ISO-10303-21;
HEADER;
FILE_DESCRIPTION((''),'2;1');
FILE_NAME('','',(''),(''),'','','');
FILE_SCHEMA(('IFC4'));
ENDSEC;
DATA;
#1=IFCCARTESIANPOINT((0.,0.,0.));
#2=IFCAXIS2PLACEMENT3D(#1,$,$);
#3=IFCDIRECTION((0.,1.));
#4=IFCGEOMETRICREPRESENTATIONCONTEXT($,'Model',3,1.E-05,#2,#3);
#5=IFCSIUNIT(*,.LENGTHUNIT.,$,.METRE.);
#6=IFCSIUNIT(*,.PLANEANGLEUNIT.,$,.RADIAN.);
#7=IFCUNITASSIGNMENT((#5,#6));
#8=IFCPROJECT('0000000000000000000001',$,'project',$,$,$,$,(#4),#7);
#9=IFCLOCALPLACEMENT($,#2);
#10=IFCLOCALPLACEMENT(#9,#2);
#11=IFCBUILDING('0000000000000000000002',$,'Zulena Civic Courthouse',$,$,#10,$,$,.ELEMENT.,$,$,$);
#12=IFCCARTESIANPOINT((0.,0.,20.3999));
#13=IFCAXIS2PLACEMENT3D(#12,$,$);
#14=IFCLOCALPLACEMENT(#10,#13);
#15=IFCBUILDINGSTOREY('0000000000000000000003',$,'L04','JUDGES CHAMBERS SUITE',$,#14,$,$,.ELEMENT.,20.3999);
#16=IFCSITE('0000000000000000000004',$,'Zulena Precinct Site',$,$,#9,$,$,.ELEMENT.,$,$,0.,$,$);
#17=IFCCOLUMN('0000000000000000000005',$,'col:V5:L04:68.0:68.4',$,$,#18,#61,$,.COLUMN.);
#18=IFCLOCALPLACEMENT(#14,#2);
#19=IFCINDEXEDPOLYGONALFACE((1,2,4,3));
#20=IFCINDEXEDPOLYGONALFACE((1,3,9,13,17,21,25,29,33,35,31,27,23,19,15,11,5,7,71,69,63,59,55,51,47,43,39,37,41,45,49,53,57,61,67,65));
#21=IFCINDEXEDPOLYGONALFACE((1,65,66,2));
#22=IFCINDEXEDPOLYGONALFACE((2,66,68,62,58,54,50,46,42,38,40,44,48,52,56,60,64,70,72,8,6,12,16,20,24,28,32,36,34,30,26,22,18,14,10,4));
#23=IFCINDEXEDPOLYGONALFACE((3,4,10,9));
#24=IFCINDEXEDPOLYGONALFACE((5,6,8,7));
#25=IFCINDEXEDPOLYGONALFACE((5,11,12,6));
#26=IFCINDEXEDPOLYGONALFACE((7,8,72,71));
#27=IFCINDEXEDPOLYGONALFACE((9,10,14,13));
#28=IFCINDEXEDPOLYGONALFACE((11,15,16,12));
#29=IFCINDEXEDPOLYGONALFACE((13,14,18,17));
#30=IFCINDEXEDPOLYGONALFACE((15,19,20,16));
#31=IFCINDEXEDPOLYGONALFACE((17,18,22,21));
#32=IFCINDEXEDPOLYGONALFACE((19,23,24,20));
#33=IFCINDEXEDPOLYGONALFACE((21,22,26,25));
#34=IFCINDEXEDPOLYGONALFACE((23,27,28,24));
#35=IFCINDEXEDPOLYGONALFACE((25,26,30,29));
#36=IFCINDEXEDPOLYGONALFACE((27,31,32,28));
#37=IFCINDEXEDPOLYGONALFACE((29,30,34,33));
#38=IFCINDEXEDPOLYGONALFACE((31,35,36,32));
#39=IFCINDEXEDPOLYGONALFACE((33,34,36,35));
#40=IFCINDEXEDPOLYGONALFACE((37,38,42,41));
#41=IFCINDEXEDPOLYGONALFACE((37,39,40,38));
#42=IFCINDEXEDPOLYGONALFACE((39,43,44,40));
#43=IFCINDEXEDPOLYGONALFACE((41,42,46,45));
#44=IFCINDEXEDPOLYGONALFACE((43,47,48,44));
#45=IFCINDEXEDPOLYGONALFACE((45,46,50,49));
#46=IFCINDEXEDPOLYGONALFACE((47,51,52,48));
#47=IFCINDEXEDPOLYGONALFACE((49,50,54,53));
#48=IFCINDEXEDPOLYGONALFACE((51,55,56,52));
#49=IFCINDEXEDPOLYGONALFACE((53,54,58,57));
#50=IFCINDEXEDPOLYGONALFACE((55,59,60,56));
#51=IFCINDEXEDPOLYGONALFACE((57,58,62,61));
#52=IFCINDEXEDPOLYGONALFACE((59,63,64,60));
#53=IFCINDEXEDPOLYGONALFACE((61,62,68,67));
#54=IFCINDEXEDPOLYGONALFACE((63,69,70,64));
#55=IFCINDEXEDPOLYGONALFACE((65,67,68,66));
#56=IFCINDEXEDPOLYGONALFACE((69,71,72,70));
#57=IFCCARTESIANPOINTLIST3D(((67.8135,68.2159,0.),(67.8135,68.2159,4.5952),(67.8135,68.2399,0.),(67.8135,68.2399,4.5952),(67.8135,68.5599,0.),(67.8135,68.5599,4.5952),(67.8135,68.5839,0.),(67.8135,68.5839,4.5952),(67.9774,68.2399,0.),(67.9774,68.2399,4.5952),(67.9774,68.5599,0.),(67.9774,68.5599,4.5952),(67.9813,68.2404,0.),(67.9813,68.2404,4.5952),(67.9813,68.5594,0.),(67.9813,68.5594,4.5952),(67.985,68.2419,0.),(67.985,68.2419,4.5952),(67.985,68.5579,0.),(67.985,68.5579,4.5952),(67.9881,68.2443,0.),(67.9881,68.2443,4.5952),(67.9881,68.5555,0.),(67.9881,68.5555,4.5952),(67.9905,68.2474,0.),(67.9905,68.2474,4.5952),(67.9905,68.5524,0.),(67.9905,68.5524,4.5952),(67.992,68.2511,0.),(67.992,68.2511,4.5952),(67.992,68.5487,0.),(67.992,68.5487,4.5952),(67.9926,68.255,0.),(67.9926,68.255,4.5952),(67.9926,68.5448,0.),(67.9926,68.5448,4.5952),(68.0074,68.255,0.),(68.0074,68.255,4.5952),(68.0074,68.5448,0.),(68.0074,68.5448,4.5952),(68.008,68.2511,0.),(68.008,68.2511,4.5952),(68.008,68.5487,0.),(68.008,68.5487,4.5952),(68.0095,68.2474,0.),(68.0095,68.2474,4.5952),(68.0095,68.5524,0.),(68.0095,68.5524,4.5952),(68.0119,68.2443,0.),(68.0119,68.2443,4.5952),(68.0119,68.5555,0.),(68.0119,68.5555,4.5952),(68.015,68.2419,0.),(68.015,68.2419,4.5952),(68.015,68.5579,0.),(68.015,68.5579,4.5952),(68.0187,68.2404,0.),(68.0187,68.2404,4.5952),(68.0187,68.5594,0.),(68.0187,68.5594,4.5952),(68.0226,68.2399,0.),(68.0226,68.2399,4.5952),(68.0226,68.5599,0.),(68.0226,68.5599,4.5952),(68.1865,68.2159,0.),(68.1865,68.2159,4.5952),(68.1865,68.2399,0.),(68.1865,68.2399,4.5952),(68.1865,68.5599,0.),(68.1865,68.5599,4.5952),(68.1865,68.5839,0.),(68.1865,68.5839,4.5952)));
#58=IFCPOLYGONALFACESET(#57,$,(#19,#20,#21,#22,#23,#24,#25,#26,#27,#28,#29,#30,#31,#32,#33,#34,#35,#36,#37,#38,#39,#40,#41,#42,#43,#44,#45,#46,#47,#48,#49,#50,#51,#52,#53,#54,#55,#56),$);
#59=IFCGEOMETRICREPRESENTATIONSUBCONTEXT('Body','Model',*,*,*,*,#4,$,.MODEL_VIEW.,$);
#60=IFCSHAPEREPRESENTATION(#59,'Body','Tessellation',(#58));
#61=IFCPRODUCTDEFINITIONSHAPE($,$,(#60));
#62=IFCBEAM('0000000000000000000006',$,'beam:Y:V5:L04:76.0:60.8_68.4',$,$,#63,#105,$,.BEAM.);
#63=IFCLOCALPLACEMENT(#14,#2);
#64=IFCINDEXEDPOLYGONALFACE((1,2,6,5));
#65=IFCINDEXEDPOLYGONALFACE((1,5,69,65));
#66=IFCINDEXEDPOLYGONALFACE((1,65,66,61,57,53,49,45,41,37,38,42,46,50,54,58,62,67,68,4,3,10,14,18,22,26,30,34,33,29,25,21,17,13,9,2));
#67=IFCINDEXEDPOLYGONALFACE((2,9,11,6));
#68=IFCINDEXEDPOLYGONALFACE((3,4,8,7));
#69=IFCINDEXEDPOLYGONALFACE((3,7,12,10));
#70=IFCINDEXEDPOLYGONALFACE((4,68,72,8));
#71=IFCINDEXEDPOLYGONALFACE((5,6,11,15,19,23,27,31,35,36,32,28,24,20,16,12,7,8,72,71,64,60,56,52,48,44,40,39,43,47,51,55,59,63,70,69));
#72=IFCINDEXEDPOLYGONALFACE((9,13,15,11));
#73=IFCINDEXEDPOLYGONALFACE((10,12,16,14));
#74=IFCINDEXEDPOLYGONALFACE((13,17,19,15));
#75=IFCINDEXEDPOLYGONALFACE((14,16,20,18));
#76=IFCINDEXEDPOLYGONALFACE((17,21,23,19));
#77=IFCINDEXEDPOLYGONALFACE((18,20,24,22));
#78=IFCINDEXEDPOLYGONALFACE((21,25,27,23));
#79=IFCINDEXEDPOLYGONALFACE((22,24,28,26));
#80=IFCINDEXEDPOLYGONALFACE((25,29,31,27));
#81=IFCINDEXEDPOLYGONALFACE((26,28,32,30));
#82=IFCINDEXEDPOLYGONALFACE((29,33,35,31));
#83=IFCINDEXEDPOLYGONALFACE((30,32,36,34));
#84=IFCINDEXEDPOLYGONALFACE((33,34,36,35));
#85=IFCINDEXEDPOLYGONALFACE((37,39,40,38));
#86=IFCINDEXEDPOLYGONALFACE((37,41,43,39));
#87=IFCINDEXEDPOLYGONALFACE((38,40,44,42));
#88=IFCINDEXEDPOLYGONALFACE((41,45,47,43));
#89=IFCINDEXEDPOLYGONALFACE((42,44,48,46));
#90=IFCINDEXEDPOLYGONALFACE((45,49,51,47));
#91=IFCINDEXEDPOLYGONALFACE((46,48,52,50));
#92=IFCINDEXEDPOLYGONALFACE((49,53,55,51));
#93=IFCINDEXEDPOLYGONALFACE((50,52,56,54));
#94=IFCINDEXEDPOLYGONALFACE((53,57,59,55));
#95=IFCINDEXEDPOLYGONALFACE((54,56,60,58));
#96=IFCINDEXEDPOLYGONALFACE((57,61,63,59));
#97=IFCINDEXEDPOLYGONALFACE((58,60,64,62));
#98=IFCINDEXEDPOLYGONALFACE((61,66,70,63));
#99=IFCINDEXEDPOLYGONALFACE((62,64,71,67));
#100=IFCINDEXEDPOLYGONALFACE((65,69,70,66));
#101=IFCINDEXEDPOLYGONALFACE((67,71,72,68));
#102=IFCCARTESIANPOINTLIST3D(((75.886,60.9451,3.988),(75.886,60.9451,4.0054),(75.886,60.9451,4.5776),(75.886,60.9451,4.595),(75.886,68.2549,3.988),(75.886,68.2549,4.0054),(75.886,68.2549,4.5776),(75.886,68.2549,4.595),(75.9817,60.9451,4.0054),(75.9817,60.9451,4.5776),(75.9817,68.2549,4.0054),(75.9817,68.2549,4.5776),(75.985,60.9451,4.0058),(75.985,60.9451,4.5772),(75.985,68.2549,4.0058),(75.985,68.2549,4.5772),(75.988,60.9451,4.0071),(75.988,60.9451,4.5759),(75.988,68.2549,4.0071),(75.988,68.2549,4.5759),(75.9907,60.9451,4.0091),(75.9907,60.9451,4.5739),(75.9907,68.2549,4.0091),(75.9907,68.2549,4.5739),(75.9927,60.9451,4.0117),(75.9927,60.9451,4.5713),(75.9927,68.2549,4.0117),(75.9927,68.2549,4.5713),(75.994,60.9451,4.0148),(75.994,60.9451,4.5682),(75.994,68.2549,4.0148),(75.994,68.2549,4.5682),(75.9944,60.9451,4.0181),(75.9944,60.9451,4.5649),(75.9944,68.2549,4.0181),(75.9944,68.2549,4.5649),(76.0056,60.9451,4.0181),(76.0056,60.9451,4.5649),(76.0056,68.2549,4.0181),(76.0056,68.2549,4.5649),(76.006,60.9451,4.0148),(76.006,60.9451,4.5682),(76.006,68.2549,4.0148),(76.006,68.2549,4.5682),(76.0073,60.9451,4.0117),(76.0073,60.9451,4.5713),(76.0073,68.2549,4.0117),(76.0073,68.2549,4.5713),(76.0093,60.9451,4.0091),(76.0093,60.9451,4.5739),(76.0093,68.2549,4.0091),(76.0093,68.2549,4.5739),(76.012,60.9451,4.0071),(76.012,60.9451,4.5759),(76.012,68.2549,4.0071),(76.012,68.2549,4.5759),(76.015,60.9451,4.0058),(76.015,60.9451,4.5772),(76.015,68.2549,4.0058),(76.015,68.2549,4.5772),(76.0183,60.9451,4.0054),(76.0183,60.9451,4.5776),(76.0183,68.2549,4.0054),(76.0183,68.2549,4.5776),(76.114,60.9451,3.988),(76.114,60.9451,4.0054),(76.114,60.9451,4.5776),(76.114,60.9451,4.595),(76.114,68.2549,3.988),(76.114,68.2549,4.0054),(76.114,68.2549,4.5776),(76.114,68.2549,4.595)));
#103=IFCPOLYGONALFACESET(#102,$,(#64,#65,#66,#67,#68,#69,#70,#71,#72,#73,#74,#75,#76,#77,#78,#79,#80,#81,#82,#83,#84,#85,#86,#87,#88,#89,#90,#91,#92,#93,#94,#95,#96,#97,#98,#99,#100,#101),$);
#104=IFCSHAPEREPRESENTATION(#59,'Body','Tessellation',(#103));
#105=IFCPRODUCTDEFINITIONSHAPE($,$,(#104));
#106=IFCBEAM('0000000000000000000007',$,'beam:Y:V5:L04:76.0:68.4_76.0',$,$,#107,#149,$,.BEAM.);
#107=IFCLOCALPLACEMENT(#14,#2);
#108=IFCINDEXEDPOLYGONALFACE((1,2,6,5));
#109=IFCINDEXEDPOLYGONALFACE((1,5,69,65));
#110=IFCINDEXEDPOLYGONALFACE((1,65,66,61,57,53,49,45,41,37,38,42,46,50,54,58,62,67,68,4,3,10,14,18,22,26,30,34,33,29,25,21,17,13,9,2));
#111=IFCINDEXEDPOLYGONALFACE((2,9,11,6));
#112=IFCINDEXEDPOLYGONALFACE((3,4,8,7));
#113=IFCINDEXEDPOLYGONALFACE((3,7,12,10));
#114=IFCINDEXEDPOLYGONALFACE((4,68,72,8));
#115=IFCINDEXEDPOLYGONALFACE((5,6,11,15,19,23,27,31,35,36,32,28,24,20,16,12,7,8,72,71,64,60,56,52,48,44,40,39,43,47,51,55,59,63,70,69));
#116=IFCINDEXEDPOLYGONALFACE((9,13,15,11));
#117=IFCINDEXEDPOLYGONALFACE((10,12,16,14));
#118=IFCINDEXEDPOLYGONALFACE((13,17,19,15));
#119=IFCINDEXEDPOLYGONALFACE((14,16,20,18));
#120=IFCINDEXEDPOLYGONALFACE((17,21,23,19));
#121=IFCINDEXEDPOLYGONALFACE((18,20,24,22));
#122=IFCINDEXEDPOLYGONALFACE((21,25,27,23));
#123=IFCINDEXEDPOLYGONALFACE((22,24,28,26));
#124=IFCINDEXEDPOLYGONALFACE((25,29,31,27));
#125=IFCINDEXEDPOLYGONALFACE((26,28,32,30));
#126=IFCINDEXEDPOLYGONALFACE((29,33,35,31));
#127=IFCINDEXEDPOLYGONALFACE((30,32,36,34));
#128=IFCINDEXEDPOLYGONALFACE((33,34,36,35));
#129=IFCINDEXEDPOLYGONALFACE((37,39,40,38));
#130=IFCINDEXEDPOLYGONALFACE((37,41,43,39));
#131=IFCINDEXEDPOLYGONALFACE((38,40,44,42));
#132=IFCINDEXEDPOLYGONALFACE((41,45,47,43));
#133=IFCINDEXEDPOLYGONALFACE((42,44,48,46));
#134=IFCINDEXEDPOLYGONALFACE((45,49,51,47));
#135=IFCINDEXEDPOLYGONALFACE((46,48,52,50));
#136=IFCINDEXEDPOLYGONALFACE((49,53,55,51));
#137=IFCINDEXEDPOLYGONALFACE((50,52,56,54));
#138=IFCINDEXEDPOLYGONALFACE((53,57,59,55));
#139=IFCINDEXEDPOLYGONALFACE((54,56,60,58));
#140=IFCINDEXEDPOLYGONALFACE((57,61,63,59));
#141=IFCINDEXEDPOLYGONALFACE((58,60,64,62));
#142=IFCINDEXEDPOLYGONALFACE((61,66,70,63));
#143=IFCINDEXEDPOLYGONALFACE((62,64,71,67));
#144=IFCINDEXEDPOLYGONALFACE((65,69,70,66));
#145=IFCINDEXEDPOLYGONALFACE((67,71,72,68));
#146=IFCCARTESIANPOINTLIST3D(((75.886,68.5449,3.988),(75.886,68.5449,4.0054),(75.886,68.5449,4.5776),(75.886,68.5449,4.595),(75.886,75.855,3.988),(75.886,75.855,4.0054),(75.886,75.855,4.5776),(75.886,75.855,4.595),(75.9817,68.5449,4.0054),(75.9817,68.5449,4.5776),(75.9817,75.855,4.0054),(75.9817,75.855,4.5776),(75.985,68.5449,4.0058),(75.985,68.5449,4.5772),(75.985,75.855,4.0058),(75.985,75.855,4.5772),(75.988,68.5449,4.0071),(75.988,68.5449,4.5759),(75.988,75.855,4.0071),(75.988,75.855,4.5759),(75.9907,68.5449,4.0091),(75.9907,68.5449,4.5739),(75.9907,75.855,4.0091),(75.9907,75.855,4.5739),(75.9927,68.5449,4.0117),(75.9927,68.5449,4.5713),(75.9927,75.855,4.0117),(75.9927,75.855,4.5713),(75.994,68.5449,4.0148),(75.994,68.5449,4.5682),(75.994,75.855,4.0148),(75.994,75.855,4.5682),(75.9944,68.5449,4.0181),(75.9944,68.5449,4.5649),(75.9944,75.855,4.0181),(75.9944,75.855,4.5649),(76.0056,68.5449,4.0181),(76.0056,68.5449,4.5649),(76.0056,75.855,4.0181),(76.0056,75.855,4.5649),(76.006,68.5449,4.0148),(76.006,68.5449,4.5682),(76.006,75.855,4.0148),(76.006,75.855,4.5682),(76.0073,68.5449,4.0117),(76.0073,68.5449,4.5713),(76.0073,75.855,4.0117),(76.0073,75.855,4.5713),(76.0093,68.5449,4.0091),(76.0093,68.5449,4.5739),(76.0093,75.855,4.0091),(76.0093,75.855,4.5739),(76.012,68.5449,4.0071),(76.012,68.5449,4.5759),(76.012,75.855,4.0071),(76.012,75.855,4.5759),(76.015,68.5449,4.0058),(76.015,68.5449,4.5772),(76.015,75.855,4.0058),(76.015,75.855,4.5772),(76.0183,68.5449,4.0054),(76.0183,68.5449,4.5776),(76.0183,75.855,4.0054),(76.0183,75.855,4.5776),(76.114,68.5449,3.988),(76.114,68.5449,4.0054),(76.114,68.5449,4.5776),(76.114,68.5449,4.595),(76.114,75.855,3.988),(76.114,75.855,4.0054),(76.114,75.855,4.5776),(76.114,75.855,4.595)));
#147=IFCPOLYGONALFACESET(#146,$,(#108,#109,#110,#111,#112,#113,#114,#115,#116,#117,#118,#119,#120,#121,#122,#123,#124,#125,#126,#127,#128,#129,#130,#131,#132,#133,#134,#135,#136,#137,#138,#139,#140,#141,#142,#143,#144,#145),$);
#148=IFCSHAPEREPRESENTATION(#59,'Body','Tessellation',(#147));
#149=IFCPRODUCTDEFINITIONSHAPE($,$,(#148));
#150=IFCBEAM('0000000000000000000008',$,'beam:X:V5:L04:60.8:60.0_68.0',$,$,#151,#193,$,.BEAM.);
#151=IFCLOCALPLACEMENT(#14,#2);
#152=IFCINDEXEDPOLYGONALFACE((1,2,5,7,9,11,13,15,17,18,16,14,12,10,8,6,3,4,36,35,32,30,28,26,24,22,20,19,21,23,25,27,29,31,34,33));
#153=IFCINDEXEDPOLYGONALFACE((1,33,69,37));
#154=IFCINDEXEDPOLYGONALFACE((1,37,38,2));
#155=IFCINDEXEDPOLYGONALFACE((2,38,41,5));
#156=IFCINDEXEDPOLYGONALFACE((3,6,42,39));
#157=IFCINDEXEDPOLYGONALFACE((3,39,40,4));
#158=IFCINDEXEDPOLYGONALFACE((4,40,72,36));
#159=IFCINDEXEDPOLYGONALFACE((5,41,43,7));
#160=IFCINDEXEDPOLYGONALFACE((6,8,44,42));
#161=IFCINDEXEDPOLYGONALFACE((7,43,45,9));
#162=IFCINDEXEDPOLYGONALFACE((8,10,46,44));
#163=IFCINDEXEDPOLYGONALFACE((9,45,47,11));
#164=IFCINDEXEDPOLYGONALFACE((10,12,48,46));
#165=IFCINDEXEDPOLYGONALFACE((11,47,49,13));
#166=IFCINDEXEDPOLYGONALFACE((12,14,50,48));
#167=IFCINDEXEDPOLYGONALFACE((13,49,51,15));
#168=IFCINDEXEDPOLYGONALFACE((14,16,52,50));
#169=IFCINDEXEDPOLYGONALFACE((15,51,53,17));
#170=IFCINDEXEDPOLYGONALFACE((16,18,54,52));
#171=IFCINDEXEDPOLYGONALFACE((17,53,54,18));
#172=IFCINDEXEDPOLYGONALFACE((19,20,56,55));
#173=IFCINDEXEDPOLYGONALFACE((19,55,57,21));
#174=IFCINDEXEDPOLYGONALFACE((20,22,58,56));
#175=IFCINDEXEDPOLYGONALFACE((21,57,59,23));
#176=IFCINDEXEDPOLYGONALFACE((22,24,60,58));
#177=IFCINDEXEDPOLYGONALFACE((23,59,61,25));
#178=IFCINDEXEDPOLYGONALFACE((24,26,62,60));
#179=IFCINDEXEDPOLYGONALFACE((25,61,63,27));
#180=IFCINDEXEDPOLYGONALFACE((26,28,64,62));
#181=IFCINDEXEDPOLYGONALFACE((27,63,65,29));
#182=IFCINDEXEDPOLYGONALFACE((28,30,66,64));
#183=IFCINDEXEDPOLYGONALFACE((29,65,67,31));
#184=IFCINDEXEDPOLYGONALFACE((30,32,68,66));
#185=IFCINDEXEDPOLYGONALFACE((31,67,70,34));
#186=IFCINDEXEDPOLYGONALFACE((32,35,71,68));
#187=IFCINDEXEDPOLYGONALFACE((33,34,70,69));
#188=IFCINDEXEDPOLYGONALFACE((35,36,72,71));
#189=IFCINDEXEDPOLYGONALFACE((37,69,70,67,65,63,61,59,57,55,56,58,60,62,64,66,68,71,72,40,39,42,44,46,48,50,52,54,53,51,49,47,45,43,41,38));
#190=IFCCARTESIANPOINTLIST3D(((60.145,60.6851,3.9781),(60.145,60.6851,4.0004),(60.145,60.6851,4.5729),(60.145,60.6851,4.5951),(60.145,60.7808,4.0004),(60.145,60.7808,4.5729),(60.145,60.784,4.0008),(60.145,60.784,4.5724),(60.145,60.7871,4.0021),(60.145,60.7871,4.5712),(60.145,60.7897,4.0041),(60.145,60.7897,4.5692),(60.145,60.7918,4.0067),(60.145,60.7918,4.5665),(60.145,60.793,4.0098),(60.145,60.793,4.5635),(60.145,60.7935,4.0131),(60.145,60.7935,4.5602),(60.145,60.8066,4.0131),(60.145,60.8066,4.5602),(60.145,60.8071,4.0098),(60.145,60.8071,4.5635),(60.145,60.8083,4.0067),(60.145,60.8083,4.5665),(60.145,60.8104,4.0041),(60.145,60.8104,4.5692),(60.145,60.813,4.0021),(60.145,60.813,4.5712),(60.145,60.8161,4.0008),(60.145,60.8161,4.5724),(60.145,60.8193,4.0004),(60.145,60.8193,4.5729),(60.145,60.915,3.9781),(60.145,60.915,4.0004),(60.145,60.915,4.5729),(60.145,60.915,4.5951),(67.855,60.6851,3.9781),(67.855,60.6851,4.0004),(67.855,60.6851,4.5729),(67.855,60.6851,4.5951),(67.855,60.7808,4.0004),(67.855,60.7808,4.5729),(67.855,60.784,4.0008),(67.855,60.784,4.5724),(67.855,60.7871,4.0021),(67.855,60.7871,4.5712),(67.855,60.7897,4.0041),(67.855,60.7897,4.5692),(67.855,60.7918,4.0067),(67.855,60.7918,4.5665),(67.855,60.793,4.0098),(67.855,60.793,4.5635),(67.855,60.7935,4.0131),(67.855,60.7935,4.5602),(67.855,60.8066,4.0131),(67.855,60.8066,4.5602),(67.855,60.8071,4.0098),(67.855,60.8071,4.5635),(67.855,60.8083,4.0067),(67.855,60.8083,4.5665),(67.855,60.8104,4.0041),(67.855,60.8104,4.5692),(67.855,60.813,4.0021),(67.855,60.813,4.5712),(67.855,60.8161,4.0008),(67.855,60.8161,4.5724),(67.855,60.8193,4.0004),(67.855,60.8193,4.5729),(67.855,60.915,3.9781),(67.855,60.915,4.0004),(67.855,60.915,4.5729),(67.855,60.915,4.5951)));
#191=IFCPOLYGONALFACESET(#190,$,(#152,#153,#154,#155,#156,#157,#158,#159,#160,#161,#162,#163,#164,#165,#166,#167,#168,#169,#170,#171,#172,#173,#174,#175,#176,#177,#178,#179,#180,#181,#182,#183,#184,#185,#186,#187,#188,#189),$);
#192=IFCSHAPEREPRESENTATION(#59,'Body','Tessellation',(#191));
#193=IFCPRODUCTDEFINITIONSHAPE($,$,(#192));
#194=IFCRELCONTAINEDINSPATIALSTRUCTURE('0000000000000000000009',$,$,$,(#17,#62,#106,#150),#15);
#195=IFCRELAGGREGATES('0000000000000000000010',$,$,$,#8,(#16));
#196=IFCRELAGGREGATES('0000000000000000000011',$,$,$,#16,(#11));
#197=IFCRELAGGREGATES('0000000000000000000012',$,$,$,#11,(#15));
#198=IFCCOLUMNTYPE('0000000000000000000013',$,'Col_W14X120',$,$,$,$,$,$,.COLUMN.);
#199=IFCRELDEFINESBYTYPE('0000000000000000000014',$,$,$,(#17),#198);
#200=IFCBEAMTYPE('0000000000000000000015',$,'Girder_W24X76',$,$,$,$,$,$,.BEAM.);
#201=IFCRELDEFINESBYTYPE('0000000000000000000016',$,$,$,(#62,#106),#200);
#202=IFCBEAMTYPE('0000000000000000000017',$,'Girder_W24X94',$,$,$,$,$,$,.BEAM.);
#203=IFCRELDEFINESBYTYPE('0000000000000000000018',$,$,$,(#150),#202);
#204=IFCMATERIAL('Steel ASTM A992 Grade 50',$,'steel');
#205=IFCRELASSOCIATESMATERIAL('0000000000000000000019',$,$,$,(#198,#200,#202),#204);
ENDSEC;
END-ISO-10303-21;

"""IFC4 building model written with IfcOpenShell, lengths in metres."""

from ifc_helpers import new_model, si_unit, direction, frame, origin, origin_2d, place, context, subcontext, project, spatial, i_section, extrude, material, material_profile, profile_set, type_object, element, save


model = new_model("IFC4")

# Units and contexts
model_context = context("Model", 3, precision=1e-05, world=origin(), true_north=direction((0.0, 1.0)))
body_context = subcontext(model_context, "Body", "Model", "MODEL_VIEW")
ifc_project = project(units=[si_unit("LENGTHUNIT", "METRE"), si_unit("PLANEANGLEUNIT", "RADIAN")], contexts=[model_context])

# Site, building, storey
site_placement = place(None, origin())
site = spatial("IfcSite", under=ifc_project, at=site_placement, Name="Zulena Precinct Site", CompositionType="ELEMENT", RefElevation=0.0)
building_placement = place(site_placement, origin())
building = spatial("IfcBuilding", under=site, at=building_placement, Name="Zulena Civic Courthouse", CompositionType="ELEMENT")
storey_placement = place(building_placement, frame((0.0, 0.0, 20.3999)))
storey = spatial("IfcBuildingStorey", under=building, at=storey_placement, Name="L04", Description="JUDGES CHAMBERS SUITE", CompositionType="ELEMENT", Elevation=20.3999)

# Column
ifc_material_1 = material(Name="Steel ASTM A992 Grade 50", Category="steel")
ifc_material_profile_1 = material_profile(ifc_material_1, i_section(OverallWidth=0.373, OverallDepth=0.3679, WebThickness=0.0149, FlangeThickness=0.0239, FilletRadius=0.0151, at=origin_2d()), Name="W14X120")
ifc_profile_set_1 = profile_set([ifc_material_profile_1], Name="Steel ASTM A992 Grade 50")
column_type_1 = type_object("IfcColumnType", Name="Col_W14X120", PredefinedType="COLUMN", material=ifc_profile_set_1)
column_placement = place(storey_placement, frame((68.0, 68.3999, 0.0), z_axis=(0.0, 0.0, 1.0), x_axis=(1.0, 0.0, 0.0)))
element("IfcColumn", 1, at=column_placement, inside=storey, type_object=column_type_1, Name="col:V5:L04:68.0:68.4", PredefinedType="COLUMN", context=body_context, shape_type="SweptSolid", body=[
    extrude(i_section(OverallWidth=0.373, OverallDepth=0.3679, WebThickness=0.0149, FlangeThickness=0.0239, FilletRadius=0.0151, at=origin_2d()), origin(), (0.0, 0.0, 1.0), 4.5952),
])

# Beams
ifc_material_profile_2 = material_profile(ifc_material_1, i_section(OverallWidth=0.228, OverallDepth=0.6069, WebThickness=0.0112, FlangeThickness=0.0173, FilletRadius=0.0127, at=origin_2d()), Name="W24X76")
ifc_profile_set_2 = profile_set([ifc_material_profile_2], Name="Steel ASTM A992 Grade 50")
beam_type_1 = type_object("IfcBeamType", Name="Girder_W24X76", PredefinedType="BEAM", material=ifc_profile_set_2)
beam_1_placement = place(storey_placement, frame((76.0, 60.9451, 4.2915), z_axis=(0.0, 1.0, 0.0), x_axis=(-1.0, 0.0, 0.0)))
element("IfcBeam", 2, at=beam_1_placement, inside=storey, type_object=beam_type_1, Name="beam:Y:V5:L04:76.0:60.8_68.4", PredefinedType="BEAM", context=body_context, shape_type="SweptSolid", body=[
    extrude(i_section(OverallWidth=0.228, OverallDepth=0.6069, WebThickness=0.0112, FlangeThickness=0.0173, FilletRadius=0.0127, at=origin_2d()), origin(), (0.0, 0.0, 1.0), 7.3098),
])
beam_2_placement = place(storey_placement, frame((76.0, 68.5449, 4.2915), z_axis=(0.0, 1.0, 0.0), x_axis=(-1.0, 0.0, 0.0)))
element("IfcBeam", 3, at=beam_2_placement, inside=storey, type_object=beam_type_1, Name="beam:Y:V5:L04:76.0:68.4_76.0", PredefinedType="BEAM", context=body_context, shape_type="SweptSolid", body=[
    extrude(i_section(OverallWidth=0.228, OverallDepth=0.6069, WebThickness=0.0112, FlangeThickness=0.0173, FilletRadius=0.0127, at=origin_2d()), origin(), (0.0, 0.0, 1.0), 7.3101),
])
ifc_material_profile_3 = material_profile(ifc_material_1, i_section(OverallWidth=0.23, OverallDepth=0.6169, WebThickness=0.0132, FlangeThickness=0.0222, FilletRadius=0.0127, at=origin_2d()), Name="W24X94")
ifc_profile_set_3 = profile_set([ifc_material_profile_3], Name="Steel ASTM A992 Grade 50")
beam_type_2 = type_object("IfcBeamType", Name="Girder_W24X94", PredefinedType="BEAM", material=ifc_profile_set_3)
for number, where, z_axis, x_axis, name in (
    (4, (60.145, 60.8, 4.2866), (1.0, 0.0, 0.0), (0.0, 1.0, 0.0), "beam:X:V5:L04:60.8:60.0_68.0"),
):
    element("IfcBeam", number, at=place(storey_placement, frame(where, z_axis=z_axis, x_axis=x_axis)), inside=storey, type_object=beam_type_2, Name=name, PredefinedType="BEAM", context=body_context, shape_type="SweptSolid", body=[
        extrude(i_section(OverallWidth=0.23, OverallDepth=0.6169, WebThickness=0.0132, FlangeThickness=0.0222, FilletRadius=0.0127, at=origin_2d()), origin(), (0.0, 0.0, 1.0), 7.71),
    ])

save(model, "model.ifc")
